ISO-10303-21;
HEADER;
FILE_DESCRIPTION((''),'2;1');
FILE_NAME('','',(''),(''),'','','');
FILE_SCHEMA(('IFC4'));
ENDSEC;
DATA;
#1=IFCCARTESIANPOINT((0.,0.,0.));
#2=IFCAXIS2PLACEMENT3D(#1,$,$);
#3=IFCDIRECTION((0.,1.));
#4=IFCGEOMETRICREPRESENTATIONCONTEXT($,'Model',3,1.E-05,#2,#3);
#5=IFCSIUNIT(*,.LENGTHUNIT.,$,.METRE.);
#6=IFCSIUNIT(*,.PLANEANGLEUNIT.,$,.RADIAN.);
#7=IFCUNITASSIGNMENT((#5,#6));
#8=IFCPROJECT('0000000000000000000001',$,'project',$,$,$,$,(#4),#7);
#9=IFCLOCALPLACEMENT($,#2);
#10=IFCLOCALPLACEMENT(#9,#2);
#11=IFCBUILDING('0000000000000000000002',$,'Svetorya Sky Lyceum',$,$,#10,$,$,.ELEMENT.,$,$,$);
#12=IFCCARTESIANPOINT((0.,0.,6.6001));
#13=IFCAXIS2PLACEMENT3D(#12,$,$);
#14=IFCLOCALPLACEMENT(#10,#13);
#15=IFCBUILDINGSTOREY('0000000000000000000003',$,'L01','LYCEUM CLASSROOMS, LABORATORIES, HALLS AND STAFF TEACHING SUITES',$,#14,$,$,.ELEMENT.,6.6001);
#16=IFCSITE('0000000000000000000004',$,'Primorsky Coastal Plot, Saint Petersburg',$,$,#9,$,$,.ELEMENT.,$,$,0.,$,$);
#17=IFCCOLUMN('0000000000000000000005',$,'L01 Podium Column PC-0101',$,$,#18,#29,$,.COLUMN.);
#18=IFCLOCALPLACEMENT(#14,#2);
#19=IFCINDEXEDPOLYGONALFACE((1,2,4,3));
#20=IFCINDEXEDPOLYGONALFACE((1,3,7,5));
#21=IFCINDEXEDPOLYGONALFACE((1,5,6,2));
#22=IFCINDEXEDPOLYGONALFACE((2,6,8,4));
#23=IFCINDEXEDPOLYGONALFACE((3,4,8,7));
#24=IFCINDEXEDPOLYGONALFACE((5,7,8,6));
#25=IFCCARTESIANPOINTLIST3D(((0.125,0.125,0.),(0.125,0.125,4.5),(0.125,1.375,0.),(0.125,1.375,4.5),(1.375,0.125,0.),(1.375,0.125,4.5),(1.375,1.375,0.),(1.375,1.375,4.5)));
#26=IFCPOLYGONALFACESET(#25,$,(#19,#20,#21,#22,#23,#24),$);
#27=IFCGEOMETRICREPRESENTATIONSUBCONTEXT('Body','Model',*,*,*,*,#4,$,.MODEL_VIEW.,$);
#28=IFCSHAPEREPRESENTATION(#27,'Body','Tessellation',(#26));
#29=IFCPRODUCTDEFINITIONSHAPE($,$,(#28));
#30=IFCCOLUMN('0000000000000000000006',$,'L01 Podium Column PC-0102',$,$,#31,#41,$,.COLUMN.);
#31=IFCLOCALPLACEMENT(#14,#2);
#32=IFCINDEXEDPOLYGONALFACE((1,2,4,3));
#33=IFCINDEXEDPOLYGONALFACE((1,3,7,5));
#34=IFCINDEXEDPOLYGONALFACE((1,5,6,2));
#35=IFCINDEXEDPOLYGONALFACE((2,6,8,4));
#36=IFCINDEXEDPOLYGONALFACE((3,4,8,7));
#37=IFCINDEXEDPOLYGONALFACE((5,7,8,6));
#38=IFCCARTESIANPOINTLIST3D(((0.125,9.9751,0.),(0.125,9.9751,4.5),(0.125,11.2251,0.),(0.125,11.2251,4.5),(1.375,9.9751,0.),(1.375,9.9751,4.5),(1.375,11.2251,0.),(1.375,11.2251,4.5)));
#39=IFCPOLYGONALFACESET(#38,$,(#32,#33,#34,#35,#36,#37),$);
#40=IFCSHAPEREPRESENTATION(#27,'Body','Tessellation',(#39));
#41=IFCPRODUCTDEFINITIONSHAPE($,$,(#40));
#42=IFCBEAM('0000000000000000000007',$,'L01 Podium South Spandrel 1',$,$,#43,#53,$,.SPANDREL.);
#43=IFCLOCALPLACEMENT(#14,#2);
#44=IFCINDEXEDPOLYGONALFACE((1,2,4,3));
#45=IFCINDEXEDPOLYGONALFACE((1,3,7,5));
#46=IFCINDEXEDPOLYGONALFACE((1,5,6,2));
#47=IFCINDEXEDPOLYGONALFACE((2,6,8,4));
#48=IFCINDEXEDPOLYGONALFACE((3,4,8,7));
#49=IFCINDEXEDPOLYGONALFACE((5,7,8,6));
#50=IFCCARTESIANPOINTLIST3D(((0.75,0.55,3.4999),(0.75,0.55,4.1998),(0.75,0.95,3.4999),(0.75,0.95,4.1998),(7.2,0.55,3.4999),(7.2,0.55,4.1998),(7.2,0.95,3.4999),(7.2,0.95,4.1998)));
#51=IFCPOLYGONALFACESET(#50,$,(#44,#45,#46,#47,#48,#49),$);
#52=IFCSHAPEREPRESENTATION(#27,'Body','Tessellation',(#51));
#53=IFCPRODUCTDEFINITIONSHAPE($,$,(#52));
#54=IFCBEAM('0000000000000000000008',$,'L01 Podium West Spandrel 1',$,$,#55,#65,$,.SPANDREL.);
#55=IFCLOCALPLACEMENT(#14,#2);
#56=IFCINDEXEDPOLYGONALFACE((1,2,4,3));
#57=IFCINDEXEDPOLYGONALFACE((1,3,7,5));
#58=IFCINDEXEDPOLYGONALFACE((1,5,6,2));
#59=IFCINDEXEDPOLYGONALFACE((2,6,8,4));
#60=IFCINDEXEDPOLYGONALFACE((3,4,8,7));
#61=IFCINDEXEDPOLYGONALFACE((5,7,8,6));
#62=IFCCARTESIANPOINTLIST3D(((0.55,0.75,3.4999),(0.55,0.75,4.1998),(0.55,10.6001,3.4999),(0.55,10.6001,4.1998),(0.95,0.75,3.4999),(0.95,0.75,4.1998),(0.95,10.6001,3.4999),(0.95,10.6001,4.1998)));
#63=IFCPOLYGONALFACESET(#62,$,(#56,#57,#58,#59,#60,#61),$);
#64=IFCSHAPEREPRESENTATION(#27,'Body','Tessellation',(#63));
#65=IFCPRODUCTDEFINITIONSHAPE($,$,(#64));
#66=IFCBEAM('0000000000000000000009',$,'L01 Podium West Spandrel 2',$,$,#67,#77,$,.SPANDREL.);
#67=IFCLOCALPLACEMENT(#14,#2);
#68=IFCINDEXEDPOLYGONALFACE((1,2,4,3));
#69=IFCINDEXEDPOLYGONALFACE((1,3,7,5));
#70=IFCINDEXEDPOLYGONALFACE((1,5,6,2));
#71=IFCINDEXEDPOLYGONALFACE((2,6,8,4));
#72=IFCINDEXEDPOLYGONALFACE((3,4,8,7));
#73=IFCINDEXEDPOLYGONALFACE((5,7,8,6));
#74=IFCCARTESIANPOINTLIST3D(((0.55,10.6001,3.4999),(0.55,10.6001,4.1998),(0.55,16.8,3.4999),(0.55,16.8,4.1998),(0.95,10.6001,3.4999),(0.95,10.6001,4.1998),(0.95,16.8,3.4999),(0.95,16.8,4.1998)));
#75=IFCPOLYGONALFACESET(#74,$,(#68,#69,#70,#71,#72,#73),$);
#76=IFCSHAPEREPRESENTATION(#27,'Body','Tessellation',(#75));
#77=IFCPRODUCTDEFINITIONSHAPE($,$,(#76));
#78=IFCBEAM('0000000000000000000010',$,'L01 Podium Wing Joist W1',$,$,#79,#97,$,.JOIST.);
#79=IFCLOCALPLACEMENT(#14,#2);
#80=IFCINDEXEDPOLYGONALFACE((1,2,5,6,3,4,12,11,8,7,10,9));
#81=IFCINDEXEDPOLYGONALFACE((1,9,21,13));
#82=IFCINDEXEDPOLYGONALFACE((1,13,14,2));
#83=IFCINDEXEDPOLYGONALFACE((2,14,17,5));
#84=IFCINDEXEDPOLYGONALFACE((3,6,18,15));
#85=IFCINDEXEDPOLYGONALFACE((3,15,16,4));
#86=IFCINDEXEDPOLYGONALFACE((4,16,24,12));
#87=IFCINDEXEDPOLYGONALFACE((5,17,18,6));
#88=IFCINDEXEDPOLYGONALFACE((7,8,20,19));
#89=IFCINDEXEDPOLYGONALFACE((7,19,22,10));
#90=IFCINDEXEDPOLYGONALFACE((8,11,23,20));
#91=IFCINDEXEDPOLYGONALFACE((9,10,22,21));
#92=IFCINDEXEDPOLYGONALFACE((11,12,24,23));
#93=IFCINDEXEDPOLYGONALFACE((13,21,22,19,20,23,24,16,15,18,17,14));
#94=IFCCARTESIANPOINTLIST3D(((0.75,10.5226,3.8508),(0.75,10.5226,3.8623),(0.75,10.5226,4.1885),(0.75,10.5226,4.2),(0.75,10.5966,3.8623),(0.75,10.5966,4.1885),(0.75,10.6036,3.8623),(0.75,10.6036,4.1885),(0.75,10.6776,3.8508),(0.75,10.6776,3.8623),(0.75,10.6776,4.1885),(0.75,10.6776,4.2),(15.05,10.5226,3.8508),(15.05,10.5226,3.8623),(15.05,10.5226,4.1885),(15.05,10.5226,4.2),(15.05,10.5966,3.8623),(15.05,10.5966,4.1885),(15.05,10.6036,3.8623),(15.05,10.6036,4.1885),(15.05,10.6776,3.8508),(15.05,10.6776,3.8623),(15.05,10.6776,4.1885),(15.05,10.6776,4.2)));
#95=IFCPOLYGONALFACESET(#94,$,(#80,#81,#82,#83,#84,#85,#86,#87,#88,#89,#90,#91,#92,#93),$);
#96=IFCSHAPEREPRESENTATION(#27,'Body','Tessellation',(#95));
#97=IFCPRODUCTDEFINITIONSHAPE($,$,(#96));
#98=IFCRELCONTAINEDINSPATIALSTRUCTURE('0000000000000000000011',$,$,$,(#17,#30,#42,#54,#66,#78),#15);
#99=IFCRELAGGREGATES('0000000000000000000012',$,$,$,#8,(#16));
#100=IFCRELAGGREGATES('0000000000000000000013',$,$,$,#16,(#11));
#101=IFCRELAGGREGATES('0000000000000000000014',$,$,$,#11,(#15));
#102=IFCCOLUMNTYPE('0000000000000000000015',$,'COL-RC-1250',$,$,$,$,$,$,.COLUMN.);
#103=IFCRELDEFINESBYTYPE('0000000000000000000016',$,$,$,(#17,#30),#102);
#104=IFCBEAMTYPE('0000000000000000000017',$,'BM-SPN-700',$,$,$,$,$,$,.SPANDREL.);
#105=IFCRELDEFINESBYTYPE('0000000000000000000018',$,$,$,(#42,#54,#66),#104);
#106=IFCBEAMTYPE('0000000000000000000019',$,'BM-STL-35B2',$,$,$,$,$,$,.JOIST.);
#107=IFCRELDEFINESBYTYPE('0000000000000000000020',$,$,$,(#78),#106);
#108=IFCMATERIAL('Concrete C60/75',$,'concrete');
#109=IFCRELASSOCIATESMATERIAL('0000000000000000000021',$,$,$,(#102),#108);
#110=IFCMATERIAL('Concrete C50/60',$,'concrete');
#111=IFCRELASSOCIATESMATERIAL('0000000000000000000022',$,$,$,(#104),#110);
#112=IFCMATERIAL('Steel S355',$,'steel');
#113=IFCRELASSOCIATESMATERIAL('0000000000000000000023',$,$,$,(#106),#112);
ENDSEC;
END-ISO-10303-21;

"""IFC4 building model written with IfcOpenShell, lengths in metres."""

from ifc_helpers import new_model, si_unit, direction, frame, origin, origin_2d, place, context, subcontext, project, spatial, rectangle, i_section, extrude, material, material_profile, profile_set, type_object, element, save


model = new_model("IFC4")

# Units and contexts
model_context = context("Model", 3, precision=1e-05, world=origin(), true_north=direction((0.0, 1.0)))
body_context = subcontext(model_context, "Body", "Model", "MODEL_VIEW")
ifc_project = project(units=[si_unit("LENGTHUNIT", "METRE"), si_unit("PLANEANGLEUNIT", "RADIAN")], contexts=[model_context])

# Site, building, storey
site_placement = place(None, origin())
site = spatial("IfcSite", under=ifc_project, at=site_placement, Name="Primorsky Coastal Plot, Saint Petersburg", CompositionType="ELEMENT", RefElevation=0.0)
building_placement = place(site_placement, origin())
building = spatial("IfcBuilding", under=site, at=building_placement, Name="Svetorya Sky Lyceum", CompositionType="ELEMENT")
storey_placement = place(building_placement, frame((0.0, 0.0, 6.6001)))
storey = spatial("IfcBuildingStorey", under=building, at=storey_placement, Name="L01", Description="LYCEUM CLASSROOMS, LABORATORIES, HALLS AND STAFF TEACHING SUITES", CompositionType="ELEMENT", Elevation=6.6001)

# Columns
ifc_material_1 = material(Name="Concrete C60/75", Category="concrete")
ifc_material_profile_1 = material_profile(ifc_material_1, rectangle(XDim=1.25, YDim=1.25, at=origin_2d()), Name="RC COL 1250x1250")
ifc_profile_set_1 = profile_set([ifc_material_profile_1], Name="Concrete C60/75")
column_type = type_object("IfcColumnType", Name="COL-RC-1250", PredefinedType="COLUMN", material=ifc_profile_set_1)
for number, where, z_axis, x_axis, name in (
    (1, (0.75, 0.75, 0.0), (0.0, 0.0, 1.0), (1.0, 0.0, 0.0), "L01 Podium Column PC-0101"),
    (2, (0.75, 10.6001, 0.0), (0.0, 0.0, 1.0), (1.0, 0.0, 0.0), "L01 Podium Column PC-0102"),
):
    element("IfcColumn", number, at=place(storey_placement, frame(where, z_axis=z_axis, x_axis=x_axis)), inside=storey, type_object=column_type, Name=name, PredefinedType="COLUMN", context=body_context, shape_type="SweptSolid", body=[
        extrude(rectangle(XDim=1.25, YDim=1.25, at=origin_2d()), origin(), (0.0, 0.0, 1.0), 4.5),
    ])

# Beams
ifc_material_2 = material(Name="Concrete C50/60", Category="concrete")
ifc_material_profile_2 = material_profile(ifc_material_2, rectangle(XDim=0.3999, YDim=0.7, at=origin_2d()), Name="RC SPANDREL 400x700")
ifc_profile_set_2 = profile_set([ifc_material_profile_2], Name="Concrete C50/60")
beam_type_1 = type_object("IfcBeamType", Name="BM-SPN-700", PredefinedType="SPANDREL", material=ifc_profile_set_2)
beam_1_placement = place(storey_placement, frame((0.75, 0.75, 3.8499), z_axis=(1.0, 0.0, 0.0), x_axis=(0.0, 1.0, 0.0)))
element("IfcBeam", 3, at=beam_1_placement, inside=storey, type_object=beam_type_1, Name="L01 Podium South Spandrel 1", PredefinedType="SPANDREL", context=body_context, shape_type="SweptSolid", body=[
    extrude(rectangle(XDim=0.3999, YDim=0.7, at=origin_2d()), origin(), (0.0, 0.0, 1.0), 6.45),
])
beam_2_placement = place(storey_placement, frame((0.75, 0.75, 3.8499), z_axis=(0.0, 1.0, 0.0), x_axis=(-1.0, 0.0, 0.0)))
element("IfcBeam", 4, at=beam_2_placement, inside=storey, type_object=beam_type_1, Name="L01 Podium West Spandrel 1", PredefinedType="SPANDREL", context=body_context, shape_type="SweptSolid", body=[
    extrude(rectangle(XDim=0.3999, YDim=0.7, at=origin_2d()), origin(), (0.0, 0.0, 1.0), 9.8501),
])
beam_3_placement = place(storey_placement, frame((0.75, 10.6001, 3.8499), z_axis=(0.0, 1.0, 0.0), x_axis=(-1.0, 0.0, 0.0)))
element("IfcBeam", 5, at=beam_3_placement, inside=storey, type_object=beam_type_1, Name="L01 Podium West Spandrel 2", PredefinedType="SPANDREL", context=body_context, shape_type="SweptSolid", body=[
    extrude(rectangle(XDim=0.3999, YDim=0.7, at=origin_2d()), origin(), (0.0, 0.0, 1.0), 6.2),
])
ifc_material_3 = material(Name="Steel S355", Category="steel")
ifc_material_profile_3 = material_profile(ifc_material_3, i_section(OverallWidth=0.155, OverallDepth=0.3491, WebThickness=0.0071, FlangeThickness=0.0115, at=origin_2d()), Name="GOST 35B2")
ifc_profile_set_3 = profile_set([ifc_material_profile_3], Name="Steel S355")
beam_type_2 = type_object("IfcBeamType", Name="BM-STL-35B2", PredefinedType="JOIST", material=ifc_profile_set_3)
beam_4_placement = place(storey_placement, frame((0.75, 10.6001, 4.0254), z_axis=(1.0, 0.0, 0.0), x_axis=(0.0, 1.0, 0.0)))
element("IfcBeam", 6, at=beam_4_placement, inside=storey, type_object=beam_type_2, Name="L01 Podium Wing Joist W1", PredefinedType="JOIST", context=body_context, shape_type="SweptSolid", body=[
    extrude(i_section(OverallWidth=0.155, OverallDepth=0.3491, WebThickness=0.0071, FlangeThickness=0.0115, at=origin_2d()), origin(), (0.0, 0.0, 1.0), 14.3),
])

save(model, "model.ifc")
